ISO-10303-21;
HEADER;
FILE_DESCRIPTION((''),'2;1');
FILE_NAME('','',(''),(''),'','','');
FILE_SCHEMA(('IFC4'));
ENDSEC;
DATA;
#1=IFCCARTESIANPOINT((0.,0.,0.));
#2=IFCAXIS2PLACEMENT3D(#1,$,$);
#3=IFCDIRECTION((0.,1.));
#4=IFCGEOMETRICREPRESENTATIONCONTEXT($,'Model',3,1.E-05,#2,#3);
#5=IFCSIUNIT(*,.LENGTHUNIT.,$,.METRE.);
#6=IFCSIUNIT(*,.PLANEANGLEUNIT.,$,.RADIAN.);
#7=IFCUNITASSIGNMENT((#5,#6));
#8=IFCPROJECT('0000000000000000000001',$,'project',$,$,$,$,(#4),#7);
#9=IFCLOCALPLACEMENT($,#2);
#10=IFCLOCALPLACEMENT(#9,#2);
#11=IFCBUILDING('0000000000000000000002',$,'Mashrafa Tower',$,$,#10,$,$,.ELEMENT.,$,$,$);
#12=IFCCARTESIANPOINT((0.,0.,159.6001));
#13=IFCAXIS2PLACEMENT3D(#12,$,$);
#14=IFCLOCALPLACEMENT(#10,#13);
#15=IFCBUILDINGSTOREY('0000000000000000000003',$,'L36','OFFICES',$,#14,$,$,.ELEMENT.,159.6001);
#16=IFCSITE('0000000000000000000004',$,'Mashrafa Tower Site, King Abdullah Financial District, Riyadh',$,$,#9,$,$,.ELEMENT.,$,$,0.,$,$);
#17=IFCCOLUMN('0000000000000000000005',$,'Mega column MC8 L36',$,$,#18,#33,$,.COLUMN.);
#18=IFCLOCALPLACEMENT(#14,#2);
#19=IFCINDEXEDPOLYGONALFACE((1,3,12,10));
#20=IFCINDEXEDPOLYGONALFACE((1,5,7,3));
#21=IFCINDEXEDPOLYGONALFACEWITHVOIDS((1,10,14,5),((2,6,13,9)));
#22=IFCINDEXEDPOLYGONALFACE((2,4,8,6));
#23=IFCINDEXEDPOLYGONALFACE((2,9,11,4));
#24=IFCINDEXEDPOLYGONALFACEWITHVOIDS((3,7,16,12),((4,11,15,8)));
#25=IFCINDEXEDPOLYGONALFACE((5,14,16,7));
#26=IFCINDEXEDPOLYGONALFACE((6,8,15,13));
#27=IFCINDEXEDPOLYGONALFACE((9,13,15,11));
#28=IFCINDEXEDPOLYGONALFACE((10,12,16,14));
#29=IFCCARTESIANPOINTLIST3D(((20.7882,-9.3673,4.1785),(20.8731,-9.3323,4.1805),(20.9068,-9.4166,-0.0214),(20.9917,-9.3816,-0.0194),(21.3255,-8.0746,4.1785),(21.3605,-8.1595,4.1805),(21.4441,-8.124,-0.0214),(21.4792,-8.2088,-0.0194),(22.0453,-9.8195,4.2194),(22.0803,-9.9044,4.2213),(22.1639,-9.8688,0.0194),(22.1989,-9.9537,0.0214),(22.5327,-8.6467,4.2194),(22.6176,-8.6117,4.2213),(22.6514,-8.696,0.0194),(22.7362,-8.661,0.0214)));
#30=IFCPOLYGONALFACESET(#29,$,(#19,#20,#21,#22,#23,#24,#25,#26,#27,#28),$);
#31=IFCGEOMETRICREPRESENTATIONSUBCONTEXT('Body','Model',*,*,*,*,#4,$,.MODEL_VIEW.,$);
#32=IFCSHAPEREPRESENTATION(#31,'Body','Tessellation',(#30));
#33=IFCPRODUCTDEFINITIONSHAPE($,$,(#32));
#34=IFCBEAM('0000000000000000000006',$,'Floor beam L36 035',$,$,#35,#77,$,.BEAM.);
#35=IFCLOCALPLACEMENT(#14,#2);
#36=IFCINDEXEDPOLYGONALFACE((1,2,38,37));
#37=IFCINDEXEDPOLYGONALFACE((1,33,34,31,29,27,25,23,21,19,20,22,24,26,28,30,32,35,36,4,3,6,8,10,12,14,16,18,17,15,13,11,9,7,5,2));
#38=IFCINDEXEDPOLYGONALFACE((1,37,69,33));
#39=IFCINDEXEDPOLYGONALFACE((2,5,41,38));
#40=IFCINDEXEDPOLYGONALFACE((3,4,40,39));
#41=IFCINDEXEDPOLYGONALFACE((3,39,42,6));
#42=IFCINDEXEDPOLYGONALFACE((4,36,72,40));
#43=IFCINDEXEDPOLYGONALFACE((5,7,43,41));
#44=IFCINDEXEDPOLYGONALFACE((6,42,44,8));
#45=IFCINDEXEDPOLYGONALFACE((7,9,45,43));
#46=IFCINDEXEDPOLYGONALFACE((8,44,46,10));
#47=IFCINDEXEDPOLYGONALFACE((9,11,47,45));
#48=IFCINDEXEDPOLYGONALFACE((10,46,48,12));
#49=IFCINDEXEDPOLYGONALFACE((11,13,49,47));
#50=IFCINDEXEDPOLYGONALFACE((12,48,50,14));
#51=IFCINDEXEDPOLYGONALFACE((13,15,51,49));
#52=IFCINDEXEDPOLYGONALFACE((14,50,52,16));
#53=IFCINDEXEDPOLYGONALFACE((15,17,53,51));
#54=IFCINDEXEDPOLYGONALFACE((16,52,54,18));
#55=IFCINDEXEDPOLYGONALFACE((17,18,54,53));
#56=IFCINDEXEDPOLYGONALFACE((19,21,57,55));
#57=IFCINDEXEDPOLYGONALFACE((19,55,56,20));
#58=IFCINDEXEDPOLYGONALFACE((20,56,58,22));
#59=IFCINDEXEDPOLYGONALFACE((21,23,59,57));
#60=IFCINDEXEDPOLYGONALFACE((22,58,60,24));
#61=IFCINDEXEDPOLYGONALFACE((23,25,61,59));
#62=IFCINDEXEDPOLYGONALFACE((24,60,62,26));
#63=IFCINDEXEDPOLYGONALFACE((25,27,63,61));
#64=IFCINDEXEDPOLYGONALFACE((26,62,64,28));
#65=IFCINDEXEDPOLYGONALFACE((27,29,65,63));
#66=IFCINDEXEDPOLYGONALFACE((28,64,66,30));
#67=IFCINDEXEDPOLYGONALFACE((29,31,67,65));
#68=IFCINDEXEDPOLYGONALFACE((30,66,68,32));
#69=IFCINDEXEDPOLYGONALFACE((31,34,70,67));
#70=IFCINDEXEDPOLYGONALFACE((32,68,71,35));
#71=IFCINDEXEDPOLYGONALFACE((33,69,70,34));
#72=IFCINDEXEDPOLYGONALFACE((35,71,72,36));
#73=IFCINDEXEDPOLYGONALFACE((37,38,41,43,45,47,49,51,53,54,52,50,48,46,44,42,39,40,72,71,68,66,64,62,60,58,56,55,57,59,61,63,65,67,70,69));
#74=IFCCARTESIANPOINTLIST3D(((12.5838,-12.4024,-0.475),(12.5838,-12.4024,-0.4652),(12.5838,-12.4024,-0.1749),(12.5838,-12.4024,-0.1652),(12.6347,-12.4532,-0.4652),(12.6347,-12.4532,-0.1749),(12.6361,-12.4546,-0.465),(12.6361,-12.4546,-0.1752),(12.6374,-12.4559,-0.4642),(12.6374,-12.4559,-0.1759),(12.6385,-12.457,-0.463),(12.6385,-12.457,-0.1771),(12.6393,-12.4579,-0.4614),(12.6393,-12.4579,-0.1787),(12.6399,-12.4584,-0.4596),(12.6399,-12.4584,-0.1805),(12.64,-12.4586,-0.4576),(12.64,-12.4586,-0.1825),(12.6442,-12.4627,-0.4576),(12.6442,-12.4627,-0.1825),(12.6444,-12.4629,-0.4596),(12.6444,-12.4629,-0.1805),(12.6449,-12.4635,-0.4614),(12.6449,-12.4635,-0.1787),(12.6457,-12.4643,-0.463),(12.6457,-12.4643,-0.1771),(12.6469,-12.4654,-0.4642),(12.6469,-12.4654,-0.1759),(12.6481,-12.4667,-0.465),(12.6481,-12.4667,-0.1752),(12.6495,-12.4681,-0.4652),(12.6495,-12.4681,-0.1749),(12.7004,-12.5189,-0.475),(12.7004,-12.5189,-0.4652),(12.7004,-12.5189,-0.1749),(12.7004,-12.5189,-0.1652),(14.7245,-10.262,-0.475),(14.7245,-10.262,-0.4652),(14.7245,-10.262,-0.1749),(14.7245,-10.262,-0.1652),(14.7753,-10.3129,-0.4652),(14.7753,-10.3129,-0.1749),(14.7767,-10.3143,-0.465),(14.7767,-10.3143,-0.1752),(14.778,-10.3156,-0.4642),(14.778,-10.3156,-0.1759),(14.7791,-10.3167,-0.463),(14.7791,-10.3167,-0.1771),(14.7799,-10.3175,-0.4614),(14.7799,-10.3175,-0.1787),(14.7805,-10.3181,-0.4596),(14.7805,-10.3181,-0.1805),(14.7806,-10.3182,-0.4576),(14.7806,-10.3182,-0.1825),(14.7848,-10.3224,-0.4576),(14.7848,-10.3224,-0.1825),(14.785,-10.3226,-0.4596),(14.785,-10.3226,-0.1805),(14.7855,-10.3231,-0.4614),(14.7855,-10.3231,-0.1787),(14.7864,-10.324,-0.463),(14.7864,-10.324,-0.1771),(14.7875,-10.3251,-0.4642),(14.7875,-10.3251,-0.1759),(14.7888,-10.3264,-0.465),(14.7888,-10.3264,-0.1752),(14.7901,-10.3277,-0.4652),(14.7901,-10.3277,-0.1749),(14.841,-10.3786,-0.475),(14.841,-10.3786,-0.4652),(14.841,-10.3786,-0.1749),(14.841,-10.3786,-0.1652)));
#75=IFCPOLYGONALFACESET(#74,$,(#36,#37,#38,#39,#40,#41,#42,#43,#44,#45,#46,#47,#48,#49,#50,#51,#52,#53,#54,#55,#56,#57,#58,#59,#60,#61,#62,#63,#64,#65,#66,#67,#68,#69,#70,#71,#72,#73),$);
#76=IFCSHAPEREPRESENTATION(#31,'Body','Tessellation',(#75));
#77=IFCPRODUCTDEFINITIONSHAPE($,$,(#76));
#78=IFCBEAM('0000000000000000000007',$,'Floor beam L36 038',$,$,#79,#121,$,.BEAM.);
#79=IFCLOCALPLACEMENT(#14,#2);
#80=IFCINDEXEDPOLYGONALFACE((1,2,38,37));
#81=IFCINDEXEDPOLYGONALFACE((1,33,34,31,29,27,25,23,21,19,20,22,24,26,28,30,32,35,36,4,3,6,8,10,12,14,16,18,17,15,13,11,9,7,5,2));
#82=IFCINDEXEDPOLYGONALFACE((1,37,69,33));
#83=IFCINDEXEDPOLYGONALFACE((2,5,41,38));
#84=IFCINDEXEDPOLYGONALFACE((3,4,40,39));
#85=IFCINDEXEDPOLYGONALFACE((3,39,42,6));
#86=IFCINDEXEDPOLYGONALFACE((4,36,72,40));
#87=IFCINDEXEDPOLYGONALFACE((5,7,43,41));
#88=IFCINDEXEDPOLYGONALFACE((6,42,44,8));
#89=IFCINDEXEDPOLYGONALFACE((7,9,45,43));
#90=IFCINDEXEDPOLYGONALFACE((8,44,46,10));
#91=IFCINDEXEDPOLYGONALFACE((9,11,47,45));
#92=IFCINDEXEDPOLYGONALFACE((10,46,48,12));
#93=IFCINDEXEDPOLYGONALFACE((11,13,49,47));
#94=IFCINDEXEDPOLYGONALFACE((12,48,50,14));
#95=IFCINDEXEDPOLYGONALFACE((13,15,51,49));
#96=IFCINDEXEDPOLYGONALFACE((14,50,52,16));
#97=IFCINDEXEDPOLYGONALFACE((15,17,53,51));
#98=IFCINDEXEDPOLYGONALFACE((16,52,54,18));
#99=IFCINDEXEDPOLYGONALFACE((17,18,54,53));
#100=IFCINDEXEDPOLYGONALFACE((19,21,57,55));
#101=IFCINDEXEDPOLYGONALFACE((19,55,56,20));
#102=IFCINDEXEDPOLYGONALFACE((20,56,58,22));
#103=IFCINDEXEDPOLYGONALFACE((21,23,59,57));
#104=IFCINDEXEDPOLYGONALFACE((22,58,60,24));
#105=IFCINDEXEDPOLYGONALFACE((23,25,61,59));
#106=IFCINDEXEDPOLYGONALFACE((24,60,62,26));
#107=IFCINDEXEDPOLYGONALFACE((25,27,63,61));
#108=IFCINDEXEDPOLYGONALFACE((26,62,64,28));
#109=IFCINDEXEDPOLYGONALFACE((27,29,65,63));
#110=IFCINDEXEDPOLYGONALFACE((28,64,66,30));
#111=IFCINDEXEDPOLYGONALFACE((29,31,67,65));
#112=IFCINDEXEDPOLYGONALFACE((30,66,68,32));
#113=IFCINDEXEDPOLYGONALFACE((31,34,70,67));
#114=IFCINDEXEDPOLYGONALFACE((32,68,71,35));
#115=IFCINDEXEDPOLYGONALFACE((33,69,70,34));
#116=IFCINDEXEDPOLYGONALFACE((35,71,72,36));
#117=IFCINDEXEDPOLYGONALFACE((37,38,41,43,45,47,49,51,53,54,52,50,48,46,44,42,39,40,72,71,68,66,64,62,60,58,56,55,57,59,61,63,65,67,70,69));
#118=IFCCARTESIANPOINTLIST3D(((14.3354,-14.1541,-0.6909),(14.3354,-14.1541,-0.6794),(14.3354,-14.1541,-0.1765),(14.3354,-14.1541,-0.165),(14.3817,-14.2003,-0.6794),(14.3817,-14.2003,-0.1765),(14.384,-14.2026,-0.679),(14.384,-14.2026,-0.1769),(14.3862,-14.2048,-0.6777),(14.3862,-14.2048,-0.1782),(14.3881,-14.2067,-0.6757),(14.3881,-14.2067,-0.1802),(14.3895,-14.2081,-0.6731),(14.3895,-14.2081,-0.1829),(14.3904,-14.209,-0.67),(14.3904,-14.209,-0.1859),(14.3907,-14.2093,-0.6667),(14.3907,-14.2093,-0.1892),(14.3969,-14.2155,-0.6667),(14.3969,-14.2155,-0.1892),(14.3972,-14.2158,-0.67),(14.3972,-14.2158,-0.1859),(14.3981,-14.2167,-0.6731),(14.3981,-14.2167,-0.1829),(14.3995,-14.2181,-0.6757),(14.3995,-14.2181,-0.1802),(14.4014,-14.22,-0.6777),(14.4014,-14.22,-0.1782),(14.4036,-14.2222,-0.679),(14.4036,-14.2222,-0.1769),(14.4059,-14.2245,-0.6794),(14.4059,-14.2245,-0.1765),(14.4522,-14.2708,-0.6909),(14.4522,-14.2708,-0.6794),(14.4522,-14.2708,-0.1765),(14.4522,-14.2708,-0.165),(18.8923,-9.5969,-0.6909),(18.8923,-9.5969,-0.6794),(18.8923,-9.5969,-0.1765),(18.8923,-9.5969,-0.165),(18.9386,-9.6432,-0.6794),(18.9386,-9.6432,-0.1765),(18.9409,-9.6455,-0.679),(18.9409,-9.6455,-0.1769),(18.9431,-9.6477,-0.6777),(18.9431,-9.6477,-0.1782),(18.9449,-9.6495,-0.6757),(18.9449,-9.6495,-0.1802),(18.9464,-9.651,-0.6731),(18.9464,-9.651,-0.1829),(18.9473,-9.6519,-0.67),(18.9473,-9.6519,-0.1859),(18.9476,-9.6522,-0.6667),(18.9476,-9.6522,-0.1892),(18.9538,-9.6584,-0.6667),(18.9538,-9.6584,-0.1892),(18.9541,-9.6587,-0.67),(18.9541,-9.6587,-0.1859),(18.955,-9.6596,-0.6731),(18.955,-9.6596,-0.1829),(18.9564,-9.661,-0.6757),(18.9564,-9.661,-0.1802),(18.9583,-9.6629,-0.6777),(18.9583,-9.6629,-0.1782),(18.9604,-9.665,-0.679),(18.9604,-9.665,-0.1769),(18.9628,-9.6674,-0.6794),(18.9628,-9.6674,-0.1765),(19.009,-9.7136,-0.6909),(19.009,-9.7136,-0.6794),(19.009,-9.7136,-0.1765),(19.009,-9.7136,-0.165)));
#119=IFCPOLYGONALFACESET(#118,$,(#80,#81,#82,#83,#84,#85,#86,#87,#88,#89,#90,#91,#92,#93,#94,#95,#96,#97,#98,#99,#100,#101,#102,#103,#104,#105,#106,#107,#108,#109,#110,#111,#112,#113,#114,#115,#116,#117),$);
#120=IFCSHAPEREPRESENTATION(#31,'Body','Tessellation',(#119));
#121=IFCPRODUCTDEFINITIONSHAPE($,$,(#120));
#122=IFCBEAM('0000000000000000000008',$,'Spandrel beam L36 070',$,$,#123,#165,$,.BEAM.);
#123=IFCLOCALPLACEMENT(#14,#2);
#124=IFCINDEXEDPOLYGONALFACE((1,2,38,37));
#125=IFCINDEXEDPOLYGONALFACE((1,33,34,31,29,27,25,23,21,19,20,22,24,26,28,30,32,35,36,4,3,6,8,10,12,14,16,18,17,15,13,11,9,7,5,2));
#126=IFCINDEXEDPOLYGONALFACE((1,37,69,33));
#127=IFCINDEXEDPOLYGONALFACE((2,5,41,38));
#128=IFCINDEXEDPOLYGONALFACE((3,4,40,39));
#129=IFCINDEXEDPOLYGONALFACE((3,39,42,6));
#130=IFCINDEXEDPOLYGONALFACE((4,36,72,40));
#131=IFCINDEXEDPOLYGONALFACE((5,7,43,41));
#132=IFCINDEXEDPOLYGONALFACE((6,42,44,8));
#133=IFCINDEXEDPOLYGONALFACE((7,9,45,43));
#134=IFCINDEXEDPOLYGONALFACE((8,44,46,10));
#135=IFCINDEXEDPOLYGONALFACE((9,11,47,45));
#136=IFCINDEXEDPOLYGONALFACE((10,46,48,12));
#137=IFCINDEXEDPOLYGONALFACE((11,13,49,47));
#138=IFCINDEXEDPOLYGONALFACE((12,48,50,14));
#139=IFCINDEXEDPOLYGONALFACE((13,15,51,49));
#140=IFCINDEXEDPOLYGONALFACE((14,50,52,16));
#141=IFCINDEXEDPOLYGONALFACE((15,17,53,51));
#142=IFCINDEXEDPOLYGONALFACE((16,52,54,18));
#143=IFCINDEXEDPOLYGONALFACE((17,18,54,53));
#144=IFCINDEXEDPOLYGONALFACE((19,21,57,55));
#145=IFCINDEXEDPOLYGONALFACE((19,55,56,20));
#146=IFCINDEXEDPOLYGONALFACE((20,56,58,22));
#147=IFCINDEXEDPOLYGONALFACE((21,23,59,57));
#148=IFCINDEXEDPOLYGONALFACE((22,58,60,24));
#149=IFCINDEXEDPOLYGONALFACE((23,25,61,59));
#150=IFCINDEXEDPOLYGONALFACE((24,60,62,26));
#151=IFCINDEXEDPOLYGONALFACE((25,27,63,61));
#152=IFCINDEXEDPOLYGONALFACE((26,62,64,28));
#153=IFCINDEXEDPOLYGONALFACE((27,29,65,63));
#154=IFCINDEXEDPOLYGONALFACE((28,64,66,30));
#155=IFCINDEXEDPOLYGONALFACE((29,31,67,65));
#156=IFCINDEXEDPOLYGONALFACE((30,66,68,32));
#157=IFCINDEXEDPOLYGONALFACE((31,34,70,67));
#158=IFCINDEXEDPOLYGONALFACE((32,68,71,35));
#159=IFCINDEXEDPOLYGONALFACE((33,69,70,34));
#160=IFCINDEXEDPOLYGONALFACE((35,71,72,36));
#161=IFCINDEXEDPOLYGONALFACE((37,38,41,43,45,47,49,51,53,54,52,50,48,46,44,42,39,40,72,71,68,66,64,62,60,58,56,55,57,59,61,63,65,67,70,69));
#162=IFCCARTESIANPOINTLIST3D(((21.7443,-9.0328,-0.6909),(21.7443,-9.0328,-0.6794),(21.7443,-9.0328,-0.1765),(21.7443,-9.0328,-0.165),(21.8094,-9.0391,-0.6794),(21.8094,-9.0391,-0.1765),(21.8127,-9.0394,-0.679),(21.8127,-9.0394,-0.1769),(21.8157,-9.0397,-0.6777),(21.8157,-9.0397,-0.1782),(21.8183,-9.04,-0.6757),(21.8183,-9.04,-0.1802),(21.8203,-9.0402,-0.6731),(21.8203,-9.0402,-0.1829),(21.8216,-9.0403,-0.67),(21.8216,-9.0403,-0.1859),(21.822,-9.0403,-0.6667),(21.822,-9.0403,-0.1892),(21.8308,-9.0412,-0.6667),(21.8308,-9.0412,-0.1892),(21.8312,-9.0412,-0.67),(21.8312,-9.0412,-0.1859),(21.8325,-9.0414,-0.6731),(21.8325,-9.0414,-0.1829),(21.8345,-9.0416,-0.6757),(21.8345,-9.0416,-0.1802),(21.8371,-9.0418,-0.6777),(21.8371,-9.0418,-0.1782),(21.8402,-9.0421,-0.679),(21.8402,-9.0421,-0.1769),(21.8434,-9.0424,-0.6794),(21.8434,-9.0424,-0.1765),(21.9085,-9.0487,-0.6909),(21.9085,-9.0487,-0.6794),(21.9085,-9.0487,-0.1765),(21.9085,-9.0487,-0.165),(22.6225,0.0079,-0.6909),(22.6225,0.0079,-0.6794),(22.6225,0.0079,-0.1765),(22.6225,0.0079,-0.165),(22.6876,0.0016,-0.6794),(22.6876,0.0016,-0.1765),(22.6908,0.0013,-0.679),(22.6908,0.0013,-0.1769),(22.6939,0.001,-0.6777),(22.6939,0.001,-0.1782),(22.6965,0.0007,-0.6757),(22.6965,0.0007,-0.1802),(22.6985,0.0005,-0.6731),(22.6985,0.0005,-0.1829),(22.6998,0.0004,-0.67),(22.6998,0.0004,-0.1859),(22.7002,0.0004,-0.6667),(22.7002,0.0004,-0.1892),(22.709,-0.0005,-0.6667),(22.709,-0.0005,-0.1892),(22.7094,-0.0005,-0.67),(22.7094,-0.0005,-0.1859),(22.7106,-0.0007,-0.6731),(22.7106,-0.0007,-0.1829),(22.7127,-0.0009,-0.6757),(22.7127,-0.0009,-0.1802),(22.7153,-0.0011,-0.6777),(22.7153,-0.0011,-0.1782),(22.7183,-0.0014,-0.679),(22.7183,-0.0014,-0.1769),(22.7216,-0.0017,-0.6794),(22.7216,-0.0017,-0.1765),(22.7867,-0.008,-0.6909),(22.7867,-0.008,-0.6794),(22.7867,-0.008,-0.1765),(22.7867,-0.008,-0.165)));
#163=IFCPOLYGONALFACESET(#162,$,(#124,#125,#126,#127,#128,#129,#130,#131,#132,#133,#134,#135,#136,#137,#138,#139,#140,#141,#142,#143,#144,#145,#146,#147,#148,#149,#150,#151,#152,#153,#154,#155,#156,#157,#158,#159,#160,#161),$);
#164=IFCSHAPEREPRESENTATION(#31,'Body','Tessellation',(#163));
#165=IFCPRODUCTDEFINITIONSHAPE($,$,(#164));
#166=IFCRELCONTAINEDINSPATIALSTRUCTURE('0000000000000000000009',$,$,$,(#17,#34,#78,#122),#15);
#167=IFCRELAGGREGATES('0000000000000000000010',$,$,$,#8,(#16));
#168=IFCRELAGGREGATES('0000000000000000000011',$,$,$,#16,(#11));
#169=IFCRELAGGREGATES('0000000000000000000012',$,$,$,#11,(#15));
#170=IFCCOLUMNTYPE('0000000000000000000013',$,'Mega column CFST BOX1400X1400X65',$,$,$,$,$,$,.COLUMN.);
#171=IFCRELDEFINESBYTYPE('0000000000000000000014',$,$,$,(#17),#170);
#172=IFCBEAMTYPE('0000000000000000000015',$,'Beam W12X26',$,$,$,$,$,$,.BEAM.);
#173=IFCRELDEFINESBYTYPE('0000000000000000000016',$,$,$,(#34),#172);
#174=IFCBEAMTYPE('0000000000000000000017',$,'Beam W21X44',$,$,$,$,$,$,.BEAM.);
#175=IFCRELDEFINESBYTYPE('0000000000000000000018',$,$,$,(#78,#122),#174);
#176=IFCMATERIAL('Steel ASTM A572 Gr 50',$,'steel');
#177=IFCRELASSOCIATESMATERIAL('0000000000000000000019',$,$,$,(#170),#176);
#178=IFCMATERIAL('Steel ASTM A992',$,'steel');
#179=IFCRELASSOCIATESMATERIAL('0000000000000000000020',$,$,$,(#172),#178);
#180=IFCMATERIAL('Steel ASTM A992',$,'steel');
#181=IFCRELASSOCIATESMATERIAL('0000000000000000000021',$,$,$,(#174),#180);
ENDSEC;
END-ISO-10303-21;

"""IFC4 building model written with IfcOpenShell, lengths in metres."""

from ifc_helpers import new_model, si_unit, direction, frame, origin, origin_2d, place, context, subcontext, project, spatial, hollow_rectangle, i_section, extrude, material, material_profile, profile_set, type_object, element, save


model = new_model("IFC4")

# Units and contexts
model_context = context("Model", 3, precision=1e-05, world=origin(), true_north=direction((0.0, 1.0)))
body_context = subcontext(model_context, "Body", "Model", "MODEL_VIEW")
ifc_project = project(units=[si_unit("LENGTHUNIT", "METRE"), si_unit("PLANEANGLEUNIT", "RADIAN")], contexts=[model_context])

# Site, building, storey
site_placement = place(None, origin())
site = spatial("IfcSite", under=ifc_project, at=site_placement, Name="Mashrafa Tower Site, King Abdullah Financial District, Riyadh", CompositionType="ELEMENT", RefElevation=0.0)
building_placement = place(site_placement, origin())
building = spatial("IfcBuilding", under=site, at=building_placement, Name="Mashrafa Tower", CompositionType="ELEMENT")
storey_placement = place(building_placement, frame((0.0, 0.0, 159.6001)))
storey = spatial("IfcBuildingStorey", under=building, at=storey_placement, Name="L36", Description="OFFICES", CompositionType="ELEMENT", Elevation=159.6001)

# Column
ifc_material_1 = material(Name="Steel ASTM A572 Gr 50", Category="steel")
ifc_material_profile_1 = material_profile(ifc_material_1, hollow_rectangle(XDim=1.3999, YDim=1.3999, WallThickness=0.0649, at=origin_2d()), Name="BOX1400X1400X65")
ifc_profile_set_1 = profile_set([ifc_material_profile_1], Name="Steel ASTM A572 Gr 50")
column_type = type_object("IfcColumnType", Name="Mega column CFST BOX1400X1400X65", PredefinedType="COLUMN", material=ifc_profile_set_1)
column_placement = place(storey_placement, frame((21.8215, -9.0388, 0.0), z_axis=(-0.028238, 0.011737, 0.999532), x_axis=(-0.383806, -0.923414, 0.0)))
element("IfcColumn", 1, at=column_placement, inside=storey, type_object=column_type, Name="Mega column MC8 L36", PredefinedType="COLUMN", context=body_context, shape_type="SweptSolid", body=[
    extrude(hollow_rectangle(XDim=1.3999, YDim=1.3999, WallThickness=0.0649, at=origin_2d()), origin(), (0.0, 0.0, 1.0), 4.2019),
])

# Beams
ifc_material_2 = material(Name="Steel ASTM A992", Category="steel")
ifc_material_profile_2 = material_profile(ifc_material_2, i_section(OverallWidth=0.1648, OverallDepth=0.3098, WebThickness=0.0059, FlangeThickness=0.0098, FilletRadius=0.0076, at=origin_2d()), Name="W12X26")
ifc_profile_set_2 = profile_set([ifc_material_profile_2], Name="Steel ASTM A992")
beam_type_1 = type_object("IfcBeamType", Name="Beam W12X26", PredefinedType="BEAM", material=ifc_profile_set_2)
beam_1_placement = place(storey_placement, frame((14.7827, -10.3203, -0.3201), z_axis=(-0.707147, -0.707066, 0.0), x_axis=(0.707066, -0.707147, 0.0)))
element("IfcBeam", 2, at=beam_1_placement, inside=storey, type_object=beam_type_1, Name="Floor beam L36 035", PredefinedType="BEAM", context=body_context, shape_type="SweptSolid", body=[
    extrude(i_section(OverallWidth=0.1648, OverallDepth=0.3098, WebThickness=0.0059, FlangeThickness=0.0098, FilletRadius=0.0076, at=origin_2d()), origin(), (0.0, 0.0, 1.0), 3.0271),
])
ifc_material_3 = material(Name="Steel ASTM A992", Category="steel")
ifc_material_profile_3 = material_profile(ifc_material_3, i_section(OverallWidth=0.165, OverallDepth=0.5259, WebThickness=0.0088, FlangeThickness=0.0115, FilletRadius=0.0127, at=origin_2d()), Name="W21X44")
ifc_profile_set_3 = profile_set([ifc_material_profile_3], Name="Steel ASTM A992")
beam_type_2 = type_object("IfcBeamType", Name="Beam W21X44", PredefinedType="BEAM", material=ifc_profile_set_3)
beam_2_placement = place(storey_placement, frame((18.9507, -9.6553, -0.428), z_axis=(-0.707088, -0.707126, 0.0), x_axis=(0.707126, -0.707088, 0.0)))
element("IfcBeam", 3, at=beam_2_placement, inside=storey, type_object=beam_type_2, Name="Floor beam L36 038", PredefinedType="BEAM", context=body_context, shape_type="SweptSolid", body=[
    extrude(i_section(OverallWidth=0.165, OverallDepth=0.5259, WebThickness=0.0088, FlangeThickness=0.0115, FilletRadius=0.0127, at=origin_2d()), origin(), (0.0, 0.0, 1.0), 6.4446),
])
beam_3_placement = place(storey_placement, frame((21.8264, -9.0408, -0.428), z_axis=(0.09668, 0.995316, 0.0), x_axis=(-0.995316, 0.09668, 0.0)))
element("IfcBeam", 4, at=beam_3_placement, inside=storey, type_object=beam_type_2, Name="Spandrel beam L36 070", PredefinedType="BEAM", context=body_context, shape_type="SweptSolid", body=[
    extrude(i_section(OverallWidth=0.165, OverallDepth=0.5259, WebThickness=0.0088, FlangeThickness=0.0115, FilletRadius=0.0127, at=origin_2d()), origin(), (0.0, 0.0, 1.0), 9.0833),
])

save(model, "model.ifc")
